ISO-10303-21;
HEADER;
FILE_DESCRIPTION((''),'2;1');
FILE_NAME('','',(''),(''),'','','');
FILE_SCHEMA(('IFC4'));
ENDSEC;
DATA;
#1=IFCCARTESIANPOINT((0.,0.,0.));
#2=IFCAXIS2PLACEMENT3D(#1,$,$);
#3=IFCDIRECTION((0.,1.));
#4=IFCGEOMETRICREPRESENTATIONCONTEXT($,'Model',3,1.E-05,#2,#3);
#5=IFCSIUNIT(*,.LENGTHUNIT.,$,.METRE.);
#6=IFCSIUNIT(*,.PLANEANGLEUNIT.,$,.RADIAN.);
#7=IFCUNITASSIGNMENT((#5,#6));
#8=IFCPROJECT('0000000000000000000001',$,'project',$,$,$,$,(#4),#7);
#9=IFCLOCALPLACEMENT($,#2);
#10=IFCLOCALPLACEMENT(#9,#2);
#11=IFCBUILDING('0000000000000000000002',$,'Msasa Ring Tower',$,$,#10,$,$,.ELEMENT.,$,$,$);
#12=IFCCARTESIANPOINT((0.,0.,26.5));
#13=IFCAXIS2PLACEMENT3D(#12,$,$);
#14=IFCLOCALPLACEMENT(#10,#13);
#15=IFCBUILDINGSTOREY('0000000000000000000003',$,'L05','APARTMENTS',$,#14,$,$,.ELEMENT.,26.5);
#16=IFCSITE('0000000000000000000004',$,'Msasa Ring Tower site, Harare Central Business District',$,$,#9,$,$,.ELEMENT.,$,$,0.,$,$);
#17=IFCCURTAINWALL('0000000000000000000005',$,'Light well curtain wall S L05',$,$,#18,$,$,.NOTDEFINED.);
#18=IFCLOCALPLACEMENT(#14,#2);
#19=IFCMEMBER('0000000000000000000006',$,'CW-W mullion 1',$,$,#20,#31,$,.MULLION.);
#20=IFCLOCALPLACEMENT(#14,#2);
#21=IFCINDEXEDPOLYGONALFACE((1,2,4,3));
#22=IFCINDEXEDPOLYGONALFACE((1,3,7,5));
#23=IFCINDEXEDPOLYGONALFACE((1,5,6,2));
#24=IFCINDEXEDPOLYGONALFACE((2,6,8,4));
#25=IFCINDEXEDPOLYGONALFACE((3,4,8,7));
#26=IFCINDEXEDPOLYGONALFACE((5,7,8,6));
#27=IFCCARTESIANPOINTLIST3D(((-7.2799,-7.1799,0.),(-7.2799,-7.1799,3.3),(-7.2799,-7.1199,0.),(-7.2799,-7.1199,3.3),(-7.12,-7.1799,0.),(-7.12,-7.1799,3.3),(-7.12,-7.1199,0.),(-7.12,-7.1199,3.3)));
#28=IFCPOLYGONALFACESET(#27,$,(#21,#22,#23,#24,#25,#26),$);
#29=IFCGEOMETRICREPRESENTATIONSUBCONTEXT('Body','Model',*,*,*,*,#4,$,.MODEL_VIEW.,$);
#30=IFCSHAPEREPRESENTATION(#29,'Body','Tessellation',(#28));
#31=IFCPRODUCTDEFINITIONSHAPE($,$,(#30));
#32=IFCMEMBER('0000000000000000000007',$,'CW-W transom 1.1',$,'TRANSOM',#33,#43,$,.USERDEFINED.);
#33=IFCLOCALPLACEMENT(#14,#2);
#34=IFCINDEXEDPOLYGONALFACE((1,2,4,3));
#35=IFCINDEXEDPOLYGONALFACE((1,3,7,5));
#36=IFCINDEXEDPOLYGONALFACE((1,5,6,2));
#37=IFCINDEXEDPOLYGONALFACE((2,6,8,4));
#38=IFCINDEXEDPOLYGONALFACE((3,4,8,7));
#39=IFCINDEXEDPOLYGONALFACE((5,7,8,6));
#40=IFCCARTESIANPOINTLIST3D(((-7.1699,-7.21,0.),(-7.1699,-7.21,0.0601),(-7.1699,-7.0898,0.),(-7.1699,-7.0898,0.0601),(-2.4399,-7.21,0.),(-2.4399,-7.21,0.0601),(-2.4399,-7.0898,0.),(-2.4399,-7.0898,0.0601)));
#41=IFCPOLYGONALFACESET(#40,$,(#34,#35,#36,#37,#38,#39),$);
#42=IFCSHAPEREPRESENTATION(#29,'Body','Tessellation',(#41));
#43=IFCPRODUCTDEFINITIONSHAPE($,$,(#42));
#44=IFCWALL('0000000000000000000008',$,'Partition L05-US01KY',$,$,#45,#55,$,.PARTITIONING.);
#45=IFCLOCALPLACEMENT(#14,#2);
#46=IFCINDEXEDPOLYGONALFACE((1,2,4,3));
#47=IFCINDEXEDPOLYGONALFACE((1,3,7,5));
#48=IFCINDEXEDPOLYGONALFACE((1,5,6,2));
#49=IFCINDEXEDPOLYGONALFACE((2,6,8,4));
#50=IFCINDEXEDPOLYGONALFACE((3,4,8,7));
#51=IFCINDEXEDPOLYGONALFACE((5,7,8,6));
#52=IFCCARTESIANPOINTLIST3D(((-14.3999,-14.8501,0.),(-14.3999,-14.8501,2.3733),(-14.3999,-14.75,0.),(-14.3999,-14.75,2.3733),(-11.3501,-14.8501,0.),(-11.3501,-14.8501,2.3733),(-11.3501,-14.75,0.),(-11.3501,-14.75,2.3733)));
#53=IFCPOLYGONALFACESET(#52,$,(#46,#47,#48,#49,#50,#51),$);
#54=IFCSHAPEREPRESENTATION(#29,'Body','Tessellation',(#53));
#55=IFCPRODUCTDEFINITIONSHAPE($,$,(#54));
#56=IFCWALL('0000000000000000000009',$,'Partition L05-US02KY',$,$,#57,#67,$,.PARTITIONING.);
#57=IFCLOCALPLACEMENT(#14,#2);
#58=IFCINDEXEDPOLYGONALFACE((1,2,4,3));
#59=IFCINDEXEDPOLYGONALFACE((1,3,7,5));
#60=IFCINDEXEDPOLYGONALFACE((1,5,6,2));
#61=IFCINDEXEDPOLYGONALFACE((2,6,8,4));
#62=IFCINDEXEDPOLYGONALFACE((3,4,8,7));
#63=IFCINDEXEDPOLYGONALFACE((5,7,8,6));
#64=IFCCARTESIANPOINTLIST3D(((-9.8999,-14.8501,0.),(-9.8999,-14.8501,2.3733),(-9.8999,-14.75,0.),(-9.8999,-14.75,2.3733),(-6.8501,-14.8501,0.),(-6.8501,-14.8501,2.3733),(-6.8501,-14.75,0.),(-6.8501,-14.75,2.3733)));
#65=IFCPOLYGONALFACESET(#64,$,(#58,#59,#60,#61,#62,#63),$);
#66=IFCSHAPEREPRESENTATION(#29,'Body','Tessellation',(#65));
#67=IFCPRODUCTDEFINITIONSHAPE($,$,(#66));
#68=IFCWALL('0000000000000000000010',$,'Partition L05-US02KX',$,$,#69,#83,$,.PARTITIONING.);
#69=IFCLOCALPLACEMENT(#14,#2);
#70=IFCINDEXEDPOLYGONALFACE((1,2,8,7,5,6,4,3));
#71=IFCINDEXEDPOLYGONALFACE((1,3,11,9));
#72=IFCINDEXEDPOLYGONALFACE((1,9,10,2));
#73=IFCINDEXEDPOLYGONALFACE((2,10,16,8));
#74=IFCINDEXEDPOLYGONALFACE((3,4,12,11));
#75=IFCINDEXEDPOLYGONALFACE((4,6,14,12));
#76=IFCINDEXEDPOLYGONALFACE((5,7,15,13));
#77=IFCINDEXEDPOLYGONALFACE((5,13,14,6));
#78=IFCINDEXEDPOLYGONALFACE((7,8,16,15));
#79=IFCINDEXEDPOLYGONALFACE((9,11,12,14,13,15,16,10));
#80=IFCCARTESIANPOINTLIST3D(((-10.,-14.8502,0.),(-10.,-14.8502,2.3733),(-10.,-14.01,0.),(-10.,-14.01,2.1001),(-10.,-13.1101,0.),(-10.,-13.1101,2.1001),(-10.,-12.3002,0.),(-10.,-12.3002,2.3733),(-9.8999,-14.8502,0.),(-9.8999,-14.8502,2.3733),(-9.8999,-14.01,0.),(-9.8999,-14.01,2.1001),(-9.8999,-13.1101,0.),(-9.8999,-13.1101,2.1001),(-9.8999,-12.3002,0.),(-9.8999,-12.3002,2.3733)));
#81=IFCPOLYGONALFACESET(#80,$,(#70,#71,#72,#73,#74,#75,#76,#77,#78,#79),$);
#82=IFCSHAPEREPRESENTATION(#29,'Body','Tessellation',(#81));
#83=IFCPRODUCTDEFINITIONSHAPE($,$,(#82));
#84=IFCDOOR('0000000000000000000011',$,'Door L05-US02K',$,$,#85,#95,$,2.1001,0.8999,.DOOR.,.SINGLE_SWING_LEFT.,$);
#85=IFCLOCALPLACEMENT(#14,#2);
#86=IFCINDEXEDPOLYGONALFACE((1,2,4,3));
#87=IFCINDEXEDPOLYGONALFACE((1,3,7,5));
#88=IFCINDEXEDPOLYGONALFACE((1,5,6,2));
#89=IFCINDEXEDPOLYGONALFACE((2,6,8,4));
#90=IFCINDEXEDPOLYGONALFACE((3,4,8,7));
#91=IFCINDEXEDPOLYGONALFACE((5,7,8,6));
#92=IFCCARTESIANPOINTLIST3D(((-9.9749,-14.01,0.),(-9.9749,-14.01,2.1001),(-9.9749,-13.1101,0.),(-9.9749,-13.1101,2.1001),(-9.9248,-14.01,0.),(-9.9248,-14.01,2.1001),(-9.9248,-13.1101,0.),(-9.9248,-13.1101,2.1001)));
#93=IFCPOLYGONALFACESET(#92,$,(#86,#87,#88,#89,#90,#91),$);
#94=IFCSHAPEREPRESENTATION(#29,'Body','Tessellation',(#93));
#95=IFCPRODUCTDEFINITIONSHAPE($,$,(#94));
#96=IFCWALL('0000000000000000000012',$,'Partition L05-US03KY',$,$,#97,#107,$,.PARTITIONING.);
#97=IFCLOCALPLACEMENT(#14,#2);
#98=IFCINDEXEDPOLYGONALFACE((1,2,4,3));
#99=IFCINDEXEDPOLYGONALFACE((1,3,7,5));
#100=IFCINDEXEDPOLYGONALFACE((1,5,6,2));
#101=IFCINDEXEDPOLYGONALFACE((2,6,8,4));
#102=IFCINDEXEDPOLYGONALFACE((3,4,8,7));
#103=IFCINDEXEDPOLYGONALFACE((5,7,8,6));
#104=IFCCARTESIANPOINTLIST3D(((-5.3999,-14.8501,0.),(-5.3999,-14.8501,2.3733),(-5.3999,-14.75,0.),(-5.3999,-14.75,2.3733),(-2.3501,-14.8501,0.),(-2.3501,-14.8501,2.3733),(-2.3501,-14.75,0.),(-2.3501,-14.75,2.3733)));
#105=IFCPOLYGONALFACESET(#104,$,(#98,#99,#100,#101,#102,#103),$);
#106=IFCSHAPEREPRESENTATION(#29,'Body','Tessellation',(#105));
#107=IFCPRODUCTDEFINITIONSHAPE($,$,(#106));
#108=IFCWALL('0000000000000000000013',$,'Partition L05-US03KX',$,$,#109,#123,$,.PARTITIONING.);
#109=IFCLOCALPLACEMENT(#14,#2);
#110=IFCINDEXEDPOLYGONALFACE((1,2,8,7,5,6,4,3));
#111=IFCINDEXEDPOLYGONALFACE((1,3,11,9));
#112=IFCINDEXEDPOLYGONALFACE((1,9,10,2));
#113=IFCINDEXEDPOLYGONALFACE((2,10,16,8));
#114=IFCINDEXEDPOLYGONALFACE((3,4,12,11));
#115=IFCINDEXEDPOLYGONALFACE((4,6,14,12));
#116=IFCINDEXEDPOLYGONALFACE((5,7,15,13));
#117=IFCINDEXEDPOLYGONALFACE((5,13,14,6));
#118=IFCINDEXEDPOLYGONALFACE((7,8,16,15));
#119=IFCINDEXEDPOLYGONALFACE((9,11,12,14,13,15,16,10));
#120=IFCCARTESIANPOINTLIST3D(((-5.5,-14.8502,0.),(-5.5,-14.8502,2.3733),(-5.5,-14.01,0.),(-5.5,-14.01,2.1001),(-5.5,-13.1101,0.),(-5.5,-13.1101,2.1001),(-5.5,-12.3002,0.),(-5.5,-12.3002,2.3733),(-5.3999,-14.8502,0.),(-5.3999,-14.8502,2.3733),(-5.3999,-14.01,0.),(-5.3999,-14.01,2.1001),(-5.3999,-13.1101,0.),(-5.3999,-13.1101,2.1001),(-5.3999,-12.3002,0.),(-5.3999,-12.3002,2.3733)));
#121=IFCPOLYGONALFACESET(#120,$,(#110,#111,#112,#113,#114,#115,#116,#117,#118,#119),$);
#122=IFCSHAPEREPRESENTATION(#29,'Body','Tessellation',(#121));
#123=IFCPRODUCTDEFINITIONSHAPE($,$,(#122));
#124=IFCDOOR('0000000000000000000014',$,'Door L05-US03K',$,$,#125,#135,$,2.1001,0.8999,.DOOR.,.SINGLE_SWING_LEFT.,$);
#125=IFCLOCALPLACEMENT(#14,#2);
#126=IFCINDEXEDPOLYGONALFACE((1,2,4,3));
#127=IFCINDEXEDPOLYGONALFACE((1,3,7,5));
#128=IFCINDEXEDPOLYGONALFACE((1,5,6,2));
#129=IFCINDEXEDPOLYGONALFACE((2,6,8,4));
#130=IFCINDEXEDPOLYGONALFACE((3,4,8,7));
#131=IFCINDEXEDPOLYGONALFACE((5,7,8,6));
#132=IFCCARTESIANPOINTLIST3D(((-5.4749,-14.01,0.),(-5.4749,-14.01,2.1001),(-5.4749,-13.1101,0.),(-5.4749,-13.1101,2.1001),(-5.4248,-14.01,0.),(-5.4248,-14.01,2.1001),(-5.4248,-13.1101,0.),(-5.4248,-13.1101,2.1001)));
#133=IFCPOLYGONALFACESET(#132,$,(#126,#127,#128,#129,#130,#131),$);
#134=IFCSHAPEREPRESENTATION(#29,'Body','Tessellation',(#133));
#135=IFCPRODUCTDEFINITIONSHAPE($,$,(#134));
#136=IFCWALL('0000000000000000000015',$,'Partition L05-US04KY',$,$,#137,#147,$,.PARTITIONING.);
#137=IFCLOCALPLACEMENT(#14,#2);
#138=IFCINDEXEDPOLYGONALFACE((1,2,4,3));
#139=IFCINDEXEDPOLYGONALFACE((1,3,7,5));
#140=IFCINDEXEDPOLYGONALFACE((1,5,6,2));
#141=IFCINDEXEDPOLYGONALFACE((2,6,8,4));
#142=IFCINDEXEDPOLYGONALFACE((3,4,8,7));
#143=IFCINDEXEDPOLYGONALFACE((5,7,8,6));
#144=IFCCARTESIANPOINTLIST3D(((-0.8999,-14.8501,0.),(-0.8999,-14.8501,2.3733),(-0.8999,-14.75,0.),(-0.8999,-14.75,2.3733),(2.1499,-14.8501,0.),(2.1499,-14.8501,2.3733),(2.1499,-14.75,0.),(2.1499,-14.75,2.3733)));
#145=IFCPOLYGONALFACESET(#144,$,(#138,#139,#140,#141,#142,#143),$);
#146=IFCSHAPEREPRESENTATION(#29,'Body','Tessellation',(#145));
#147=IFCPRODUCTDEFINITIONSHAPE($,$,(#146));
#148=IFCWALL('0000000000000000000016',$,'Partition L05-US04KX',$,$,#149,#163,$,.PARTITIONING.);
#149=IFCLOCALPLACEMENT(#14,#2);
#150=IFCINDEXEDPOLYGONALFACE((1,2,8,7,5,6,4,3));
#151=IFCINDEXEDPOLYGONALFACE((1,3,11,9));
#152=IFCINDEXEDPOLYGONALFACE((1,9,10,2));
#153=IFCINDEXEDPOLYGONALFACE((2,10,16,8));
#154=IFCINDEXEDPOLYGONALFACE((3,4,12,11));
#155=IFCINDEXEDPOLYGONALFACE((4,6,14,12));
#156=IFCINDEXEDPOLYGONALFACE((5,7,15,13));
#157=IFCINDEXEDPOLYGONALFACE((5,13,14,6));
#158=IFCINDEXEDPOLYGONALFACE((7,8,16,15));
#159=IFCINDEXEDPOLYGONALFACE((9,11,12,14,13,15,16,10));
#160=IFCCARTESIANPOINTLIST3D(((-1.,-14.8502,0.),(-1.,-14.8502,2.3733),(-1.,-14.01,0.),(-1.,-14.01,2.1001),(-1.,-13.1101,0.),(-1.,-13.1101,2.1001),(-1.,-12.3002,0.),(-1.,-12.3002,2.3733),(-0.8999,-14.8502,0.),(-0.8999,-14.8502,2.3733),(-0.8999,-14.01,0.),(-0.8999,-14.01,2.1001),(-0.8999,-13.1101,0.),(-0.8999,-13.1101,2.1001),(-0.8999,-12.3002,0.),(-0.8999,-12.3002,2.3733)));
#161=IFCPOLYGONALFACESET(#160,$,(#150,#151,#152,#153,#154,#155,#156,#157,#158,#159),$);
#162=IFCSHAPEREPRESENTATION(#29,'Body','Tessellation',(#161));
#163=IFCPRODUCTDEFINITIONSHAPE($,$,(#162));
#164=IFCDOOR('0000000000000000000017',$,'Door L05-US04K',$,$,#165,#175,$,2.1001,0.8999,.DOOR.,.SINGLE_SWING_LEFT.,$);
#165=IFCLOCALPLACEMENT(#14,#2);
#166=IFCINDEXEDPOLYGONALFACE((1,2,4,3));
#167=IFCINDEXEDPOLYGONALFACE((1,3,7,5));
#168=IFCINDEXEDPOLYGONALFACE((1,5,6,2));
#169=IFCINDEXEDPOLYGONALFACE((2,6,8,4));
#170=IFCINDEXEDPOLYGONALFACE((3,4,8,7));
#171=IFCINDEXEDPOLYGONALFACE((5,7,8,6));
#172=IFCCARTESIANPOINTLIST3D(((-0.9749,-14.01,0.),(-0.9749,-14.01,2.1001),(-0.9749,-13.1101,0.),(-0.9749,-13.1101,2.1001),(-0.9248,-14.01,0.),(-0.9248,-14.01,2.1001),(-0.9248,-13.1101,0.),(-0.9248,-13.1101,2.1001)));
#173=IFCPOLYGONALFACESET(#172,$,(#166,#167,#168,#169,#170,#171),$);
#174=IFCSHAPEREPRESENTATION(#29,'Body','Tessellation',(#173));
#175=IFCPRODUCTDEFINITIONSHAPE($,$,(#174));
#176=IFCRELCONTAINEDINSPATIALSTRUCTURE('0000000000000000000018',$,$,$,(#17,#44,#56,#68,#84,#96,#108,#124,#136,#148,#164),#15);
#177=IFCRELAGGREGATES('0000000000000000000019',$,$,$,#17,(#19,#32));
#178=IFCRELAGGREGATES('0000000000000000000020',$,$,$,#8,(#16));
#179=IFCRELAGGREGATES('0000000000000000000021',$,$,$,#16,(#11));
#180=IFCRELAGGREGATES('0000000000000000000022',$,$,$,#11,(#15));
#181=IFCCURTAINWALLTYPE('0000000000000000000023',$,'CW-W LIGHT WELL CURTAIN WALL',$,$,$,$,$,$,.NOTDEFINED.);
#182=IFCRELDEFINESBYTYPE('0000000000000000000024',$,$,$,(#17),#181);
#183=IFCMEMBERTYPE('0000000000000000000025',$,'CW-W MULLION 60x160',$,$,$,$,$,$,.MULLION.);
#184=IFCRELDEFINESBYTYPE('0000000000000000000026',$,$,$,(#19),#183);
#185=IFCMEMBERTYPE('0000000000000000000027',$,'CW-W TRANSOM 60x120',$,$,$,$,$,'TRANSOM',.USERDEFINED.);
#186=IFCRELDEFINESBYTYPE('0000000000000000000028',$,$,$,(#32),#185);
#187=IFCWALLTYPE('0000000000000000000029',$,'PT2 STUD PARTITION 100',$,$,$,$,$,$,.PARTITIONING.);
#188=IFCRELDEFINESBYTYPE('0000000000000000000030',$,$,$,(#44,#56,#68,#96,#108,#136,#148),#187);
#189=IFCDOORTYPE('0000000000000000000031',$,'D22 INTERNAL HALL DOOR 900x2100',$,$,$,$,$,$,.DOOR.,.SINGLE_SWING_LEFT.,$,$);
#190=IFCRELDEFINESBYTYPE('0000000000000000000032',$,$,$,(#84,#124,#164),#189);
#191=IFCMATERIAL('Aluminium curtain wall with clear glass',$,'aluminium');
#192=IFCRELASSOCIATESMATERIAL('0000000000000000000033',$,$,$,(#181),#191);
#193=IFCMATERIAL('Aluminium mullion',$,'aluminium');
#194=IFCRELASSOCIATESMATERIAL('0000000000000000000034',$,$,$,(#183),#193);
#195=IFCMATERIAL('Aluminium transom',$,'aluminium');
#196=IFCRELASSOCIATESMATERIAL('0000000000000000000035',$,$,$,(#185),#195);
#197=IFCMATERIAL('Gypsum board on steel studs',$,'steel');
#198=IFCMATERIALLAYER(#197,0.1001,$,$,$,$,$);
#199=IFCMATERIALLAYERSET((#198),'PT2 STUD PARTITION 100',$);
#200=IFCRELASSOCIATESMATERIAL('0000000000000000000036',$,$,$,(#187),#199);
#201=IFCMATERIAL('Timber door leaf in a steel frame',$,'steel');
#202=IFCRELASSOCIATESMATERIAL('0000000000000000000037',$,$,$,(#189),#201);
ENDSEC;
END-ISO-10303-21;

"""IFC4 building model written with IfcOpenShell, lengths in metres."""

from ifc_helpers import new_model, si_unit, direction, frame, frame_2d, origin, origin_2d, place, context, subcontext, project, spatial, rectangle, extrude, material, layer, layer_set, material_profile, profile_set, type_object, element, fill, aggregate, save


model = new_model("IFC4")

# Units and contexts
model_context = context("Model", 3, precision=1e-05, world=origin(), true_north=direction((0.0, 1.0)))
body_context = subcontext(model_context, "Body", "Model", "MODEL_VIEW")
ifc_project = project(units=[si_unit("LENGTHUNIT", "METRE"), si_unit("PLANEANGLEUNIT", "RADIAN")], contexts=[model_context])

# Site, building, storey
site_placement = place(None, origin())
site = spatial("IfcSite", under=ifc_project, at=site_placement, Name="Msasa Ring Tower site, Harare Central Business District", CompositionType="ELEMENT", RefElevation=0.0)
building_placement = place(site_placement, origin())
building = spatial("IfcBuilding", under=site, at=building_placement, Name="Msasa Ring Tower", CompositionType="ELEMENT")
storey_placement = place(building_placement, frame((0.0, 0.0, 26.5)))
storey = spatial("IfcBuildingStorey", under=building, at=storey_placement, Name="L05", Description="APARTMENTS", CompositionType="ELEMENT", Elevation=26.5)

# Curtain wall, members
ifc_material_1 = material(Name="Aluminium curtain wall with clear glass", Category="aluminium")
curtain_wall_type = type_object("IfcCurtainWallType", Name="CW-W LIGHT WELL CURTAIN WALL", PredefinedType="NOTDEFINED", material=ifc_material_1)
curtain_wall_placement = place(storey_placement, origin())
curtain_wall = element("IfcCurtainWall", 1, at=curtain_wall_placement, inside=storey, type_object=curtain_wall_type, Name="Light well curtain wall S L05", PredefinedType="NOTDEFINED")
ifc_material_2 = material(Name="Aluminium mullion", Category="aluminium")
ifc_material_profile_1 = material_profile(ifc_material_2, rectangle(XDim=0.0601, YDim=0.1599, at=origin_2d()), Name="AL 60x160")
ifc_profile_set_1 = profile_set([ifc_material_profile_1], Name="Aluminium mullion")
member_type_1 = type_object("IfcMemberType", Name="CW-W MULLION 60x160", PredefinedType="MULLION", material=ifc_profile_set_1)
member_1_placement = place(storey_placement, frame((-7.2, -7.1499, 0.0), z_axis=(0.0, 0.0, 1.0), x_axis=(0.0, 1.0, 0.0)))
member_1 = element("IfcMember", 2, at=member_1_placement, type_object=member_type_1, Name="CW-W mullion 1", PredefinedType="MULLION", context=body_context, shape_type="SweptSolid", body=[
    extrude(rectangle(XDim=0.0601, YDim=0.1599, at=origin_2d()), origin(), (0.0, 0.0, 1.0), 3.3),
])
ifc_material_3 = material(Name="Aluminium transom", Category="aluminium")
ifc_material_profile_2 = material_profile(ifc_material_3, rectangle(XDim=0.1201, YDim=0.0601, at=origin_2d()), Name="AL 60x120")
ifc_profile_set_2 = profile_set([ifc_material_profile_2], Name="Aluminium transom")
member_type_2 = type_object("IfcMemberType", Name="CW-W TRANSOM 60x120", ElementType="TRANSOM", PredefinedType="USERDEFINED", material=ifc_profile_set_2)
member_2_placement = place(storey_placement, frame((-7.1699, -7.1499, 0.03), z_axis=(1.0, 0.0, 0.0), x_axis=(0.0, 1.0, 0.0)))
member_2 = element("IfcMember", 3, at=member_2_placement, type_object=member_type_2, Name="CW-W transom 1.1", ObjectType="TRANSOM", PredefinedType="USERDEFINED", context=body_context, shape_type="SweptSolid", body=[
    extrude(rectangle(XDim=0.1201, YDim=0.0601, at=origin_2d()), origin(), (0.0, 0.0, 1.0), 4.73),
])
aggregate(curtain_wall, [member_1, member_2])

# Walls
ifc_material_4 = material(Name="Gypsum board on steel studs", Category="steel")
ifc_layer_1 = layer(ifc_material_4, 0.1001)
ifc_layer_set_1 = layer_set([ifc_layer_1], Name="PT2 STUD PARTITION 100")
wall_type_1 = type_object("IfcWallType", Name="PT2 STUD PARTITION 100", PredefinedType="PARTITIONING", material=ifc_layer_set_1)
for number, where, z_axis, x_axis, name in (
    (4, (-14.3999, -14.8, 0.0), (0.0, 0.0, 1.0), (1.0, 0.0, 0.0), "Partition L05-US01KY"),
    (5, (-9.8999, -14.8, 0.0), (0.0, 0.0, 1.0), (1.0, 0.0, 0.0), "Partition L05-US02KY"),
):
    element("IfcWall", number, at=place(storey_placement, frame(where, z_axis=z_axis, x_axis=x_axis)), inside=storey, type_object=wall_type_1, Name=name, PredefinedType="PARTITIONING", context=body_context, shape_type="SweptSolid", body=[
        extrude(rectangle(XDim=3.0498, YDim=0.1001, at=frame_2d((1.5249, 0.0))), origin(), (0.0, 0.0, 1.0), 2.3733),
    ])

# Wall, opening, door
wall_1_placement = place(storey_placement, frame((-9.95, -14.8501, 0.0), z_axis=(0.0, 0.0, 1.0), x_axis=(0.0, 1.0, 0.0)))
wall_1 = element("IfcWall", 6, at=wall_1_placement, inside=storey, type_object=wall_type_1, Name="Partition L05-US02KX", PredefinedType="PARTITIONING", context=body_context, shape_type="SweptSolid", body=[
    extrude(rectangle(XDim=2.55, YDim=0.1001, at=frame_2d((1.2749, 0.0))), origin(), (0.0, 0.0, 1.0), 2.3733),
])
opening_1_placement = place(wall_1_placement, frame((0.8401, 0.0, 0.0)))
opening_1 = element("IfcOpeningElement", 7, at=opening_1_placement, cuts=wall_1, PredefinedType="OPENING", context=body_context, shape_type="SweptSolid", body=[
    extrude(rectangle(XDim=0.8999, YDim=2.1001, at=frame_2d((0.45, 1.05))), frame((0.0, 0.0601, 0.0), z_axis=(0.0, -1.0, 0.0), x_axis=(1.0, 0.0, 0.0)), (0.0, 0.0, 1.0), 0.1201),
])
ifc_material_5 = material(Name="Timber door leaf in a steel frame", Category="steel")
door_type_1 = type_object("IfcDoorType", Name="D22 INTERNAL HALL DOOR 900x2100", OperationType="SINGLE_SWING_LEFT", PredefinedType="DOOR", material=ifc_material_5)
door_1_placement = place(opening_1_placement, origin())
door_1 = element("IfcDoor", 8, at=door_1_placement, inside=storey, type_object=door_type_1, Name="Door L05-US02K", OperationType="SINGLE_SWING_LEFT", OverallHeight=2.1001, OverallWidth=0.8999, PredefinedType="DOOR", context=body_context, shape_type="SweptSolid", body=[
    extrude(rectangle(XDim=0.8999, YDim=2.1001, at=frame_2d((0.45, 1.05))), frame((0.0, 0.0249, 0.0), z_axis=(0.0, -1.0, 0.0), x_axis=(1.0, 0.0, 0.0)), (0.0, 0.0, 1.0), 0.05),
])
fill(opening_1, door_1)

# Wall
wall_2_placement = place(storey_placement, frame((-5.3999, -14.8, 0.0), z_axis=(0.0, 0.0, 1.0), x_axis=(1.0, 0.0, 0.0)))
element("IfcWall", 9, at=wall_2_placement, inside=storey, type_object=wall_type_1, Name="Partition L05-US03KY", PredefinedType="PARTITIONING", context=body_context, shape_type="SweptSolid", body=[
    extrude(rectangle(XDim=3.0498, YDim=0.1001, at=frame_2d((1.5249, 0.0))), origin(), (0.0, 0.0, 1.0), 2.3733),
])

# Wall, opening, door
wall_3_placement = place(storey_placement, frame((-5.45, -14.8501, 0.0), z_axis=(0.0, 0.0, 1.0), x_axis=(0.0, 1.0, 0.0)))
wall_3 = element("IfcWall", 10, at=wall_3_placement, inside=storey, type_object=wall_type_1, Name="Partition L05-US03KX", PredefinedType="PARTITIONING", context=body_context, shape_type="SweptSolid", body=[
    extrude(rectangle(XDim=2.55, YDim=0.1001, at=frame_2d((1.2749, 0.0))), origin(), (0.0, 0.0, 1.0), 2.3733),
])
opening_2_placement = place(wall_3_placement, frame((0.8401, 0.0, 0.0)))
opening_2 = element("IfcOpeningElement", 11, at=opening_2_placement, cuts=wall_3, PredefinedType="OPENING", context=body_context, shape_type="SweptSolid", body=[
    extrude(rectangle(XDim=0.8999, YDim=2.1001, at=frame_2d((0.45, 1.05))), frame((0.0, 0.0601, 0.0), z_axis=(0.0, -1.0, 0.0), x_axis=(1.0, 0.0, 0.0)), (0.0, 0.0, 1.0), 0.1201),
])
door_2_placement = place(opening_2_placement, origin())
door_2 = element("IfcDoor", 12, at=door_2_placement, inside=storey, type_object=door_type_1, Name="Door L05-US03K", OperationType="SINGLE_SWING_LEFT", OverallHeight=2.1001, OverallWidth=0.8999, PredefinedType="DOOR", context=body_context, shape_type="SweptSolid", body=[
    extrude(rectangle(XDim=0.8999, YDim=2.1001, at=frame_2d((0.45, 1.05))), frame((0.0, 0.0249, 0.0), z_axis=(0.0, -1.0, 0.0), x_axis=(1.0, 0.0, 0.0)), (0.0, 0.0, 1.0), 0.05),
])
fill(opening_2, door_2)

# Wall
wall_4_placement = place(storey_placement, frame((-0.8999, -14.8, 0.0), z_axis=(0.0, 0.0, 1.0), x_axis=(1.0, 0.0, 0.0)))
element("IfcWall", 13, at=wall_4_placement, inside=storey, type_object=wall_type_1, Name="Partition L05-US04KY", PredefinedType="PARTITIONING", context=body_context, shape_type="SweptSolid", body=[
    extrude(rectangle(XDim=3.0498, YDim=0.1001, at=frame_2d((1.5249, 0.0))), origin(), (0.0, 0.0, 1.0), 2.3733),
])

# Wall, opening, door
wall_5_placement = place(storey_placement, frame((-0.95, -14.8501, 0.0), z_axis=(0.0, 0.0, 1.0), x_axis=(0.0, 1.0, 0.0)))
wall_5 = element("IfcWall", 14, at=wall_5_placement, inside=storey, type_object=wall_type_1, Name="Partition L05-US04KX", PredefinedType="PARTITIONING", context=body_context, shape_type="SweptSolid", body=[
    extrude(rectangle(XDim=2.55, YDim=0.1001, at=frame_2d((1.2749, 0.0))), origin(), (0.0, 0.0, 1.0), 2.3733),
])
opening_3_placement = place(wall_5_placement, frame((0.8401, 0.0, 0.0)))
opening_3 = element("IfcOpeningElement", 15, at=opening_3_placement, cuts=wall_5, PredefinedType="OPENING", context=body_context, shape_type="SweptSolid", body=[
    extrude(rectangle(XDim=0.8999, YDim=2.1001, at=frame_2d((0.45, 1.05))), frame((0.0, 0.0601, 0.0), z_axis=(0.0, -1.0, 0.0), x_axis=(1.0, 0.0, 0.0)), (0.0, 0.0, 1.0), 0.1201),
])
door_3_placement = place(opening_3_placement, origin())
door_3 = element("IfcDoor", 16, at=door_3_placement, inside=storey, type_object=door_type_1, Name="Door L05-US04K", OperationType="SINGLE_SWING_LEFT", OverallHeight=2.1001, OverallWidth=0.8999, PredefinedType="DOOR", context=body_context, shape_type="SweptSolid", body=[
    extrude(rectangle(XDim=0.8999, YDim=2.1001, at=frame_2d((0.45, 1.05))), frame((0.0, 0.0249, 0.0), z_axis=(0.0, -1.0, 0.0), x_axis=(1.0, 0.0, 0.0)), (0.0, 0.0, 1.0), 0.05),
])
fill(opening_3, door_3)

save(model, "model.ifc")
